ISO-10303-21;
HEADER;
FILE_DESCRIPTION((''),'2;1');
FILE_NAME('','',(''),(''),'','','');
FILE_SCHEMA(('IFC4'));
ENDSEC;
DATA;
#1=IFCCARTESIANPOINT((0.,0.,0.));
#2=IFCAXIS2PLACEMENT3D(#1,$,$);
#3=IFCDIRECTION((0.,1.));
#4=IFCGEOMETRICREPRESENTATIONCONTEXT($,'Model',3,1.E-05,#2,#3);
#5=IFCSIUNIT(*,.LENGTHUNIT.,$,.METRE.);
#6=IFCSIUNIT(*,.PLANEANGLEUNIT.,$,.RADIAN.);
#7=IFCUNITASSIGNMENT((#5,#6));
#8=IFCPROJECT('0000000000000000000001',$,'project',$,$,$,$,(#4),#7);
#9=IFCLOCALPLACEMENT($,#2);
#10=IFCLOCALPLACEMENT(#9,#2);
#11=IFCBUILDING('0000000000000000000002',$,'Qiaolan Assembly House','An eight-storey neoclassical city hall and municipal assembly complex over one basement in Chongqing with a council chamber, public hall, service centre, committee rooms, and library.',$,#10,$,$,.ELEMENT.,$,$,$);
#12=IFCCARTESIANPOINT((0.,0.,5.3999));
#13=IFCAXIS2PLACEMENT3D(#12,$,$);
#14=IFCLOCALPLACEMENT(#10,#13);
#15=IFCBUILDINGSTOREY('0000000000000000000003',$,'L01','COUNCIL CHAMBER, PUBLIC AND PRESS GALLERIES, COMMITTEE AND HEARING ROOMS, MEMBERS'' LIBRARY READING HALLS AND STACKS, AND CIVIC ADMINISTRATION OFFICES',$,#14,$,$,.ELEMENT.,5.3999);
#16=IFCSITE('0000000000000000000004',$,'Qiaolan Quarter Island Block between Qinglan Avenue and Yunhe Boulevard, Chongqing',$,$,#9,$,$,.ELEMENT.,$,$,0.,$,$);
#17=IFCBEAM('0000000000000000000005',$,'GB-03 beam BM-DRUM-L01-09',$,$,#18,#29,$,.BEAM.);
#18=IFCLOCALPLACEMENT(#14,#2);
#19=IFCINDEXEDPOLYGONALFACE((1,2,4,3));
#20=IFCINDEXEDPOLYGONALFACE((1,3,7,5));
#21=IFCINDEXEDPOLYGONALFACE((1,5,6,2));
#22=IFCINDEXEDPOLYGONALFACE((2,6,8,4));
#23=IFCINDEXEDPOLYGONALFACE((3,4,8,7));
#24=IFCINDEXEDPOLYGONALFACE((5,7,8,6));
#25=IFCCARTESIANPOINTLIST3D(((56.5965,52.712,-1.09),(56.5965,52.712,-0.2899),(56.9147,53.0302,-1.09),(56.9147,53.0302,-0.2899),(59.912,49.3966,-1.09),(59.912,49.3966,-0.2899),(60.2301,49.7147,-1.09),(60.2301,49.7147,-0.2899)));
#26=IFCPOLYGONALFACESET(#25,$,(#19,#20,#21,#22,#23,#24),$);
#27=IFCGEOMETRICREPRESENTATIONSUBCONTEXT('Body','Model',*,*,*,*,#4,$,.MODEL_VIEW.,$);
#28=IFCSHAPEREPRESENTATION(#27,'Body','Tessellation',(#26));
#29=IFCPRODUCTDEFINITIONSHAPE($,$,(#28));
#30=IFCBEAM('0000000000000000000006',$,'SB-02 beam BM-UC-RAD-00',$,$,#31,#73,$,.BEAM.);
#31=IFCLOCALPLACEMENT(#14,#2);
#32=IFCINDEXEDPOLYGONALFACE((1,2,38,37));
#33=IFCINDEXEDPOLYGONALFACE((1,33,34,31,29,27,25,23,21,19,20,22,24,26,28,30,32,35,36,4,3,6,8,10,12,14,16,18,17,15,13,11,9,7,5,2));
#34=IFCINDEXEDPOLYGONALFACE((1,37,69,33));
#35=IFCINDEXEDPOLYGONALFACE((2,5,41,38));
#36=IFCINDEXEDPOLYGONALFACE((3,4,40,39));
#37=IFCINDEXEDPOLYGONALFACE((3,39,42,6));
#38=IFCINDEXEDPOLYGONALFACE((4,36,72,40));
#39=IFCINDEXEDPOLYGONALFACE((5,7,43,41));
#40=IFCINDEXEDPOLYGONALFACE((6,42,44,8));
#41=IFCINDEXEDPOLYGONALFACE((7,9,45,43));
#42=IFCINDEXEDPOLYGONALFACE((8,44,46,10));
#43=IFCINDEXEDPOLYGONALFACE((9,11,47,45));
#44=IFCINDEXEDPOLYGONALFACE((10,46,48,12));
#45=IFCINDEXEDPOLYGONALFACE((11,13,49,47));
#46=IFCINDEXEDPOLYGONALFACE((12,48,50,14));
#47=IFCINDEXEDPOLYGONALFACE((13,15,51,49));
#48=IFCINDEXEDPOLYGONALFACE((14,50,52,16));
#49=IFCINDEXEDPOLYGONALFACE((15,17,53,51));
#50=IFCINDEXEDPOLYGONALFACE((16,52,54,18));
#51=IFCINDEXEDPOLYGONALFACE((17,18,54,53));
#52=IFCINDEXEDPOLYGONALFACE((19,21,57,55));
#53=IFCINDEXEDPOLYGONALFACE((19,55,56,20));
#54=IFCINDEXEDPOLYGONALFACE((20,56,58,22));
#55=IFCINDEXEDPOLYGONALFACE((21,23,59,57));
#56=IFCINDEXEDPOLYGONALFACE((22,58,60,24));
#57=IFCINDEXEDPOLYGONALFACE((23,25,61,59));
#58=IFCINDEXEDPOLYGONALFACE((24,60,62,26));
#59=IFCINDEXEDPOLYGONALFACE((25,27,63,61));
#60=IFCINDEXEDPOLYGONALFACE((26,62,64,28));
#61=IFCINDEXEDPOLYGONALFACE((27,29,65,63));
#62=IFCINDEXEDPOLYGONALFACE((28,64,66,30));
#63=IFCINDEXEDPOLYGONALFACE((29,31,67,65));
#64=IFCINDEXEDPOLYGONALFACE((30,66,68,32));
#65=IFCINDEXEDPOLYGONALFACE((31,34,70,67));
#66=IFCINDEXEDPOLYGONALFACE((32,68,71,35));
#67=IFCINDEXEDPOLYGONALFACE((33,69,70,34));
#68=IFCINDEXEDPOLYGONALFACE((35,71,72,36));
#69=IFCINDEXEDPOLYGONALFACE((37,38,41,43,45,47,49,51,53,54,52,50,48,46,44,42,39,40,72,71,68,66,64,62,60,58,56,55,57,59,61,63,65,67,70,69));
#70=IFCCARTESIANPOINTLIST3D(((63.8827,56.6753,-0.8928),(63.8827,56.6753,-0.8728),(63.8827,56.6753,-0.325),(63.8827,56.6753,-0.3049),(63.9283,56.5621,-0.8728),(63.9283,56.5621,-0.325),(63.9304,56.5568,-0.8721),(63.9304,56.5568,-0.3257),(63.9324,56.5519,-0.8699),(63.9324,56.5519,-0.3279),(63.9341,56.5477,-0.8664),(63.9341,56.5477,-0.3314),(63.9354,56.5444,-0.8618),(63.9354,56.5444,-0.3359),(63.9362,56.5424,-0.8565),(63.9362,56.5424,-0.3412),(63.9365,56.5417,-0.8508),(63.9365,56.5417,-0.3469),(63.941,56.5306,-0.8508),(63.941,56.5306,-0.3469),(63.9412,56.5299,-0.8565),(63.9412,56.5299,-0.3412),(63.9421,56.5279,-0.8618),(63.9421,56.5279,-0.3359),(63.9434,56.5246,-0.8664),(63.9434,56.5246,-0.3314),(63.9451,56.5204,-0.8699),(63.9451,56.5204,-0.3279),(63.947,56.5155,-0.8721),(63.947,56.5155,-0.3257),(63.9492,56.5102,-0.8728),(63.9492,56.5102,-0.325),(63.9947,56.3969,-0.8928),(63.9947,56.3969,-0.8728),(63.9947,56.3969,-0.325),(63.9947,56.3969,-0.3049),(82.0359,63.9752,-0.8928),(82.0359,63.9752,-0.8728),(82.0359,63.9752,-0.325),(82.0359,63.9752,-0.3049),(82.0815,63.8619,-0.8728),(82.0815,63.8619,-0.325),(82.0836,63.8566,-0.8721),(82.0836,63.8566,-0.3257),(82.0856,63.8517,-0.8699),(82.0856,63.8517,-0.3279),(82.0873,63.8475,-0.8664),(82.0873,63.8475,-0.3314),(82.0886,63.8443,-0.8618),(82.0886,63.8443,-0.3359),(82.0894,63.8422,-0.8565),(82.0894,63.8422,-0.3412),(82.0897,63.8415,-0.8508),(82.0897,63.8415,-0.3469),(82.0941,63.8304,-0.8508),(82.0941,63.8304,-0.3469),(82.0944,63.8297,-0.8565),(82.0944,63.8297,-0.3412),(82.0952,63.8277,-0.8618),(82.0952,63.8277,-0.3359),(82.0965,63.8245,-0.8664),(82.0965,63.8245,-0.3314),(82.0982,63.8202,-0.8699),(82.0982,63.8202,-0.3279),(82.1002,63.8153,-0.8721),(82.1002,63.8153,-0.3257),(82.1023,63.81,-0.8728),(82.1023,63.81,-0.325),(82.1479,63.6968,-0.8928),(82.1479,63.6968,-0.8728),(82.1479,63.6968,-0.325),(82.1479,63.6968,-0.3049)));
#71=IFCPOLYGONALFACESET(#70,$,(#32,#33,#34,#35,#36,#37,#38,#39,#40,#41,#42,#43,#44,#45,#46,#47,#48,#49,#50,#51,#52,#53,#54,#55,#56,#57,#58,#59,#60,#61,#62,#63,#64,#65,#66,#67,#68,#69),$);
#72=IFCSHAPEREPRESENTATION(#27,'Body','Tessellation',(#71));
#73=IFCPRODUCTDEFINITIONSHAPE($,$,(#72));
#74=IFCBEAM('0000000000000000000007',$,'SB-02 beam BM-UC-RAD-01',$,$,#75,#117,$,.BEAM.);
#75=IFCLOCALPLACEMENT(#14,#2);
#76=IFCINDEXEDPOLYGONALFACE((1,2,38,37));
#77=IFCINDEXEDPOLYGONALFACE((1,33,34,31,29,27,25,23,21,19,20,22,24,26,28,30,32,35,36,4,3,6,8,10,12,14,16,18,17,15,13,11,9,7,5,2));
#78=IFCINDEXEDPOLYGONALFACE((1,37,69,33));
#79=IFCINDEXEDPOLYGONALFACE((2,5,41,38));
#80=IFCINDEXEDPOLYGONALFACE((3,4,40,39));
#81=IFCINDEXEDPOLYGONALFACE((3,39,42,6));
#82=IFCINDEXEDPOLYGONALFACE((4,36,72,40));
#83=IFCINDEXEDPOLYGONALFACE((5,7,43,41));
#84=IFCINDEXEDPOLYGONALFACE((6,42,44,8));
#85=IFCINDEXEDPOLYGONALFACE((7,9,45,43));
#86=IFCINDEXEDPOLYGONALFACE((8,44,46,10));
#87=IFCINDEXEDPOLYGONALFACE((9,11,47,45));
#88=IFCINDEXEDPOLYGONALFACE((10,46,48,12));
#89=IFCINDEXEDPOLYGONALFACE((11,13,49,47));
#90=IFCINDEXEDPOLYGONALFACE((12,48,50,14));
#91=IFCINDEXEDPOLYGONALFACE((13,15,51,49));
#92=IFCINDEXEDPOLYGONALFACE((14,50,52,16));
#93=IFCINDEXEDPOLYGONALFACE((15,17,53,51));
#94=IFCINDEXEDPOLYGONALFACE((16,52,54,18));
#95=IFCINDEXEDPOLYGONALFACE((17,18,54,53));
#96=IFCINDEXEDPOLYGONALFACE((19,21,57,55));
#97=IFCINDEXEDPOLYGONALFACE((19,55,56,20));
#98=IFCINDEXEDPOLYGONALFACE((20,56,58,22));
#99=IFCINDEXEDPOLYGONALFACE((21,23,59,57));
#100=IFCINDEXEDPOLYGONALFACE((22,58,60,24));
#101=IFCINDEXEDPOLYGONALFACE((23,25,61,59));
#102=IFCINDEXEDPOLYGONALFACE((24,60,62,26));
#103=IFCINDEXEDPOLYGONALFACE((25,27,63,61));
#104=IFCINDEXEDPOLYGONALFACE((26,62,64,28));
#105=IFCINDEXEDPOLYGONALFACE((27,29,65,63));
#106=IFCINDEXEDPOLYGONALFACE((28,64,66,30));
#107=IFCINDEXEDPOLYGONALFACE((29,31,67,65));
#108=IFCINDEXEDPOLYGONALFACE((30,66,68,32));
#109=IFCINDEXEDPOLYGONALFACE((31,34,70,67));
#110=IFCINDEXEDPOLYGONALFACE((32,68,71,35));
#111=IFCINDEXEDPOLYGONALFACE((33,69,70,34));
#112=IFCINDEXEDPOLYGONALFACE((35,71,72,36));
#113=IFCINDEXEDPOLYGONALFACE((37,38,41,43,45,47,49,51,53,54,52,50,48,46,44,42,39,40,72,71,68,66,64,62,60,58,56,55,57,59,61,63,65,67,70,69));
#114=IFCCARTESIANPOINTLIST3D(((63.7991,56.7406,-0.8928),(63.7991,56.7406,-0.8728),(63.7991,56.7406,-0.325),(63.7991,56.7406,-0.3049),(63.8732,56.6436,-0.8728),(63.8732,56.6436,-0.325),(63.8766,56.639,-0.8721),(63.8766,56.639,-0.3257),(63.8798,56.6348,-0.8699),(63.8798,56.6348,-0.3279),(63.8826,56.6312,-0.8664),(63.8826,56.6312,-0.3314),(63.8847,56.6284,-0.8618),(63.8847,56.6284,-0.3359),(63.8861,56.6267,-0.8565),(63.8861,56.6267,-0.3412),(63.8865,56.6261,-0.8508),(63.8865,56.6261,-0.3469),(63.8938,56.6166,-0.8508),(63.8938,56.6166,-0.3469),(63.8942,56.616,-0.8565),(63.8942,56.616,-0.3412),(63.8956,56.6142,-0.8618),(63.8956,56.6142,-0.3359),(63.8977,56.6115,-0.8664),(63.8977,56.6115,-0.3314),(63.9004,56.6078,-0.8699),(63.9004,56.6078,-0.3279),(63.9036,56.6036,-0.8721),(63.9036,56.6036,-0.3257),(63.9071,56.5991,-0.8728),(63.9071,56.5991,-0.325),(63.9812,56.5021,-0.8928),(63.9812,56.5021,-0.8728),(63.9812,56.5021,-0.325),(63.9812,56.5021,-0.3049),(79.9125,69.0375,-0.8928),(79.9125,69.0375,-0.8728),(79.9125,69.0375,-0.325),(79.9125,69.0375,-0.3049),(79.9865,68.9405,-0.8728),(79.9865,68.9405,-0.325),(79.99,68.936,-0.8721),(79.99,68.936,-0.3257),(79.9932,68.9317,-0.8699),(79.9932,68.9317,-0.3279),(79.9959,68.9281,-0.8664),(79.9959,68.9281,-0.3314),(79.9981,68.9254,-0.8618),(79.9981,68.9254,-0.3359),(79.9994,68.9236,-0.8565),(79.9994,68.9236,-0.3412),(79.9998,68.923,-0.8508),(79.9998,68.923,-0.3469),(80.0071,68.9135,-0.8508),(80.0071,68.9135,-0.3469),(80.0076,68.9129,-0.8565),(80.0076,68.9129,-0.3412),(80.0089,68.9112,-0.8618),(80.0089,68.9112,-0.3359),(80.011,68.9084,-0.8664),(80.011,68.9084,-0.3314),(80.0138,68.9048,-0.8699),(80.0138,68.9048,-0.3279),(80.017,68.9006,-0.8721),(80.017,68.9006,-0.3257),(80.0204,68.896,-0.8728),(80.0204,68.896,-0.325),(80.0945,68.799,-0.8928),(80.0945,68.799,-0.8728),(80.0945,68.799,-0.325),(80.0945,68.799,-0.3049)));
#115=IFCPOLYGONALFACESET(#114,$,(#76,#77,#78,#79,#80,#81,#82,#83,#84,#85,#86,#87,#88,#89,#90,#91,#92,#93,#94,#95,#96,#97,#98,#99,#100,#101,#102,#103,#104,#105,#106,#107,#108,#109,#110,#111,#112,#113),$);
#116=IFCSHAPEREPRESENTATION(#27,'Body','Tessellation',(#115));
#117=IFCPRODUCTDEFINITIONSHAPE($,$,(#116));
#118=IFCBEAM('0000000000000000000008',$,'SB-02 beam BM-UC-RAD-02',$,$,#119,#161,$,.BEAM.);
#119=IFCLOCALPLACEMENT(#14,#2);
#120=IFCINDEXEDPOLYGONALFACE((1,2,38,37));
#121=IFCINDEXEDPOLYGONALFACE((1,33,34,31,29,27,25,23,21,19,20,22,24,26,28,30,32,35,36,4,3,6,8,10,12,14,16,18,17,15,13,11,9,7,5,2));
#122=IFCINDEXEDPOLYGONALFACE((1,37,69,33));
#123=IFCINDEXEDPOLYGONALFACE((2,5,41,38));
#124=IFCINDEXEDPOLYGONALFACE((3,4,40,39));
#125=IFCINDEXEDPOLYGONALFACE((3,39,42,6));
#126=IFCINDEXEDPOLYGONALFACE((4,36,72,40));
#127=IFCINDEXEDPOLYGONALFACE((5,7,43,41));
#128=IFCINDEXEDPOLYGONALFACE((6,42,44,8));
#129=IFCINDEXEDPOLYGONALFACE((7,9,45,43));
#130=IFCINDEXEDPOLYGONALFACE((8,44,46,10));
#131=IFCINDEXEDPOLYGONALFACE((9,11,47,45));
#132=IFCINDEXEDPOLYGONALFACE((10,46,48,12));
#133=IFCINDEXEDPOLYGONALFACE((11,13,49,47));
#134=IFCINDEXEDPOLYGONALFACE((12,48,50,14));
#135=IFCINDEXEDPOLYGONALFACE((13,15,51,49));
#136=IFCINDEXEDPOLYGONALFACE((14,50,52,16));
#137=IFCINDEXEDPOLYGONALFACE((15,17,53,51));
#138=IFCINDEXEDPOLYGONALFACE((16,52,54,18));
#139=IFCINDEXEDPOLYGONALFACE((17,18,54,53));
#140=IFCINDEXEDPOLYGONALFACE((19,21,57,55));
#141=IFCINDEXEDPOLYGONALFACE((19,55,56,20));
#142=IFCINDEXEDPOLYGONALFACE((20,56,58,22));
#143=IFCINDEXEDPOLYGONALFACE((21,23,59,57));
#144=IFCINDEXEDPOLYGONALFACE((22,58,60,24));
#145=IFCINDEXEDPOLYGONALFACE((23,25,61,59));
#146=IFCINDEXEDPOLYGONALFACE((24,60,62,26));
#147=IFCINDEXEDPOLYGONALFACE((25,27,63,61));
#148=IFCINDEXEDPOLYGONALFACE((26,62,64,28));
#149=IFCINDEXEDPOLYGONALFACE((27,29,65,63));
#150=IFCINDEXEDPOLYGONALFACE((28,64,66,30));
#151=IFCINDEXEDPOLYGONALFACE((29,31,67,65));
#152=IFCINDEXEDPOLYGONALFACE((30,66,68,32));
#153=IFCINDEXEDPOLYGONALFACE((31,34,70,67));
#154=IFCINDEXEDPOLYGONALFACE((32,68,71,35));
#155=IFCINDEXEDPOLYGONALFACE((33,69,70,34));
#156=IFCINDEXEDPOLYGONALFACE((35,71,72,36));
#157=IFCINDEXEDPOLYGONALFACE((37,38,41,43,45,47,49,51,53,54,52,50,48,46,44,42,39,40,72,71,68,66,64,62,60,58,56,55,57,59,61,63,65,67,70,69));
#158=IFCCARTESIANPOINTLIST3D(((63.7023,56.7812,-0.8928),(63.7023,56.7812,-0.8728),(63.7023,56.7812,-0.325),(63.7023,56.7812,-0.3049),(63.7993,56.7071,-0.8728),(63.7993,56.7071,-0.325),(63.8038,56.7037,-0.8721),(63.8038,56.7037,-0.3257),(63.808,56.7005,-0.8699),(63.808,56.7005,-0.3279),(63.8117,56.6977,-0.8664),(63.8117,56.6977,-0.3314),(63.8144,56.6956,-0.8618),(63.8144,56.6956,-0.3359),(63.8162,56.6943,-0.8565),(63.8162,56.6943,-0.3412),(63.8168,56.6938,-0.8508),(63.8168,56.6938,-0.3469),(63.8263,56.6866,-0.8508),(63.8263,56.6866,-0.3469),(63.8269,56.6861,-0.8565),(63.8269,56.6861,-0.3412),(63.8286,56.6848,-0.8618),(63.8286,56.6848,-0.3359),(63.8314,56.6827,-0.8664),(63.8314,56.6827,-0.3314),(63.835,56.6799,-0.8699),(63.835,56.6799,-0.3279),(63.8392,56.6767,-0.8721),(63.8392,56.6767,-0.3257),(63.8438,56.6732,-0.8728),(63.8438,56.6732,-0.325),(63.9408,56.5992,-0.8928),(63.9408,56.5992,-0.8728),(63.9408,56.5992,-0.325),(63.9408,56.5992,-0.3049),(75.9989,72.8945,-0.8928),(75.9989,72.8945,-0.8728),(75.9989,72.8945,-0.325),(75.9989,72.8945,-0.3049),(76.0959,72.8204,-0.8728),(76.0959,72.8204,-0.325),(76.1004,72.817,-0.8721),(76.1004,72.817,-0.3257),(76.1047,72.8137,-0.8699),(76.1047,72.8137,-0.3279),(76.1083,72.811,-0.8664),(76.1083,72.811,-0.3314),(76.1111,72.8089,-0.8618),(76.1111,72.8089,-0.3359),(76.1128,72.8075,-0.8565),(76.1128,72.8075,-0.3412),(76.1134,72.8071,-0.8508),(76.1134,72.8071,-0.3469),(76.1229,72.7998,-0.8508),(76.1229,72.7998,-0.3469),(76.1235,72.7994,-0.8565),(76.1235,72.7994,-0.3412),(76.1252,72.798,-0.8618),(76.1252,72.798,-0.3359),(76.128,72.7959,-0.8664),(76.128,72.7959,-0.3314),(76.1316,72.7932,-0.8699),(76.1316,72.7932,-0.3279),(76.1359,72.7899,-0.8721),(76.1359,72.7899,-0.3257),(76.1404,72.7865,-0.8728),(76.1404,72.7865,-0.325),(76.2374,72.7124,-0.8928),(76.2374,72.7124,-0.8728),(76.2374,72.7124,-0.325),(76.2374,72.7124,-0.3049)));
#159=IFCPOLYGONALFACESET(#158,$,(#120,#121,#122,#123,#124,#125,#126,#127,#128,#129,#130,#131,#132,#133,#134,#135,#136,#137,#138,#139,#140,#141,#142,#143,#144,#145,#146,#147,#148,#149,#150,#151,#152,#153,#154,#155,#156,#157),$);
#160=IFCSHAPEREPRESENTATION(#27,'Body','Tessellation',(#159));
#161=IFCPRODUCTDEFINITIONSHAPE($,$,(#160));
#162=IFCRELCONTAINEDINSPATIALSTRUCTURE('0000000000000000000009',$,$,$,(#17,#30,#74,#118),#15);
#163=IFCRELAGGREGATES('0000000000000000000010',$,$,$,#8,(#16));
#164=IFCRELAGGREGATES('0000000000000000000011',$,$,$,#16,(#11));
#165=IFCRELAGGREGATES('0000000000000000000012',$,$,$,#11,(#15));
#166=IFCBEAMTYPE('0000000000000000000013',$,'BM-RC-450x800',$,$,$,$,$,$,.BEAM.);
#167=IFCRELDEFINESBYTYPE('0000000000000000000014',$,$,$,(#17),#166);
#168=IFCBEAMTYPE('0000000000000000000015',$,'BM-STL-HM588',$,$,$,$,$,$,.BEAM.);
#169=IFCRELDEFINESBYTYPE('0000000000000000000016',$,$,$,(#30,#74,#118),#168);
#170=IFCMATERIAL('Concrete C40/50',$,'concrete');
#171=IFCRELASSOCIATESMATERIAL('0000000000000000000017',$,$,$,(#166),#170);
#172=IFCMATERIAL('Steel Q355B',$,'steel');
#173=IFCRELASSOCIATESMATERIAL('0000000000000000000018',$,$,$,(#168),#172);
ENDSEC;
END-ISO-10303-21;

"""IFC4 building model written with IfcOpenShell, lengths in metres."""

from ifc_helpers import new_model, si_unit, direction, frame, origin, origin_2d, place, context, subcontext, project, spatial, rectangle, i_section, extrude, material, material_profile, profile_set, type_object, element, save


model = new_model("IFC4")

# Units and contexts
model_context = context("Model", 3, precision=1e-05, world=origin(), true_north=direction((0.0, 1.0)))
body_context = subcontext(model_context, "Body", "Model", "MODEL_VIEW")
ifc_project = project(units=[si_unit("LENGTHUNIT", "METRE"), si_unit("PLANEANGLEUNIT", "RADIAN")], contexts=[model_context])

# Site, building, storey
site_placement = place(None, origin())
site = spatial("IfcSite", under=ifc_project, at=site_placement, Name="Qiaolan Quarter Island Block between Qinglan Avenue and Yunhe Boulevard, Chongqing", CompositionType="ELEMENT", RefElevation=0.0)
building_placement = place(site_placement, origin())
building = spatial("IfcBuilding", under=site, at=building_placement, Name="Qiaolan Assembly House", Description="An eight-storey neoclassical city hall and municipal assembly complex over one basement in Chongqing with a council chamber, public hall, service centre, committee rooms, and library.", CompositionType="ELEMENT")
storey_placement = place(building_placement, frame((0.0, 0.0, 5.3999)))
storey = spatial("IfcBuildingStorey", under=building, at=storey_placement, Name="L01", Description="COUNCIL CHAMBER, PUBLIC AND PRESS GALLERIES, COMMITTEE AND HEARING ROOMS, MEMBERS' LIBRARY READING HALLS AND STACKS, AND CIVIC ADMINISTRATION OFFICES", CompositionType="ELEMENT", Elevation=5.3999)

# Shared definitions
ifc_material_1 = material(Name="Steel Q355B", Category="steel")

# Beams
ifc_material_2 = material(Name="Concrete C40/50", Category="concrete")
ifc_material_profile_1 = material_profile(ifc_material_2, rectangle(XDim=0.45, YDim=0.8, at=origin_2d()), Name="RCB 450x800")
ifc_profile_set_1 = profile_set([ifc_material_profile_1], Name="Concrete C40/50")
beam_type_1 = type_object("IfcBeamType", Name="BM-RC-450x800", PredefinedType="BEAM", material=ifc_profile_set_1)
for number, where, z_axis, x_axis, name in (
    (1, (56.7556, 52.8711, -0.6899), (0.707107, -0.707107, 0.0), (0.707107, 0.707107, 0.0), "GB-03 beam BM-DRUM-L01-09"),
):
    element("IfcBeam", number, at=place(storey_placement, frame(where, z_axis=z_axis, x_axis=x_axis)), inside=storey, type_object=beam_type_1, Name=name, PredefinedType="BEAM", context=body_context, shape_type="SweptSolid", body=[
        extrude(rectangle(XDim=0.45, YDim=0.8, at=origin_2d()), origin(), (0.0, 0.0, 1.0), 4.6887),
    ])
ifc_material_profile_2 = material_profile(ifc_material_1, i_section(OverallWidth=0.3, OverallDepth=0.5879, WebThickness=0.012, FlangeThickness=0.02, FilletRadius=0.022, at=origin_2d()), Name="HM 588x300x12x20")
ifc_profile_set_2 = profile_set([ifc_material_profile_2], Name="Steel Q355B")
beam_type_2 = type_object("IfcBeamType", Name="BM-STL-HM588", PredefinedType="BEAM", material=ifc_profile_set_2)
beam_1_placement = place(storey_placement, frame((63.9387, 56.5361, -0.5989), z_axis=(0.927795, 0.37309, 0.0), x_axis=(-0.37309, 0.927795, 0.0)))
element("IfcBeam", 2, at=beam_1_placement, inside=storey, type_object=beam_type_2, Name="SB-02 beam BM-UC-RAD-00", PredefinedType="BEAM", context=body_context, shape_type="SweptSolid", body=[
    extrude(i_section(OverallWidth=0.3, OverallDepth=0.5879, WebThickness=0.012, FlangeThickness=0.02, FilletRadius=0.022, at=origin_2d()), origin(), (0.0, 0.0, 1.0), 19.5659),
])
beam_2_placement = place(storey_placement, frame((63.8901, 56.6213, -0.5989), z_axis=(0.794954, 0.60667, 0.0), x_axis=(-0.60667, 0.794954, 0.0)))
element("IfcBeam", 3, at=beam_2_placement, inside=storey, type_object=beam_type_2, Name="SB-02 beam BM-UC-RAD-01", PredefinedType="BEAM", context=body_context, shape_type="SweptSolid", body=[
    extrude(i_section(OverallWidth=0.3, OverallDepth=0.5879, WebThickness=0.012, FlangeThickness=0.02, FilletRadius=0.022, at=origin_2d()), origin(), (0.0, 0.0, 1.0), 20.2695),
])
beam_3_placement = place(storey_placement, frame((63.8215, 56.6902, -0.5989), z_axis=(0.606663, 0.79496, 0.0), x_axis=(-0.79496, 0.606663, 0.0)))
element("IfcBeam", 4, at=beam_3_placement, inside=storey, type_object=beam_type_2, Name="SB-02 beam BM-UC-RAD-02", PredefinedType="BEAM", context=body_context, shape_type="SweptSolid", body=[
    extrude(i_section(OverallWidth=0.3, OverallDepth=0.5879, WebThickness=0.012, FlangeThickness=0.02, FilletRadius=0.022, at=origin_2d()), origin(), (0.0, 0.0, 1.0), 20.2693),
])

save(model, "model.ifc")
